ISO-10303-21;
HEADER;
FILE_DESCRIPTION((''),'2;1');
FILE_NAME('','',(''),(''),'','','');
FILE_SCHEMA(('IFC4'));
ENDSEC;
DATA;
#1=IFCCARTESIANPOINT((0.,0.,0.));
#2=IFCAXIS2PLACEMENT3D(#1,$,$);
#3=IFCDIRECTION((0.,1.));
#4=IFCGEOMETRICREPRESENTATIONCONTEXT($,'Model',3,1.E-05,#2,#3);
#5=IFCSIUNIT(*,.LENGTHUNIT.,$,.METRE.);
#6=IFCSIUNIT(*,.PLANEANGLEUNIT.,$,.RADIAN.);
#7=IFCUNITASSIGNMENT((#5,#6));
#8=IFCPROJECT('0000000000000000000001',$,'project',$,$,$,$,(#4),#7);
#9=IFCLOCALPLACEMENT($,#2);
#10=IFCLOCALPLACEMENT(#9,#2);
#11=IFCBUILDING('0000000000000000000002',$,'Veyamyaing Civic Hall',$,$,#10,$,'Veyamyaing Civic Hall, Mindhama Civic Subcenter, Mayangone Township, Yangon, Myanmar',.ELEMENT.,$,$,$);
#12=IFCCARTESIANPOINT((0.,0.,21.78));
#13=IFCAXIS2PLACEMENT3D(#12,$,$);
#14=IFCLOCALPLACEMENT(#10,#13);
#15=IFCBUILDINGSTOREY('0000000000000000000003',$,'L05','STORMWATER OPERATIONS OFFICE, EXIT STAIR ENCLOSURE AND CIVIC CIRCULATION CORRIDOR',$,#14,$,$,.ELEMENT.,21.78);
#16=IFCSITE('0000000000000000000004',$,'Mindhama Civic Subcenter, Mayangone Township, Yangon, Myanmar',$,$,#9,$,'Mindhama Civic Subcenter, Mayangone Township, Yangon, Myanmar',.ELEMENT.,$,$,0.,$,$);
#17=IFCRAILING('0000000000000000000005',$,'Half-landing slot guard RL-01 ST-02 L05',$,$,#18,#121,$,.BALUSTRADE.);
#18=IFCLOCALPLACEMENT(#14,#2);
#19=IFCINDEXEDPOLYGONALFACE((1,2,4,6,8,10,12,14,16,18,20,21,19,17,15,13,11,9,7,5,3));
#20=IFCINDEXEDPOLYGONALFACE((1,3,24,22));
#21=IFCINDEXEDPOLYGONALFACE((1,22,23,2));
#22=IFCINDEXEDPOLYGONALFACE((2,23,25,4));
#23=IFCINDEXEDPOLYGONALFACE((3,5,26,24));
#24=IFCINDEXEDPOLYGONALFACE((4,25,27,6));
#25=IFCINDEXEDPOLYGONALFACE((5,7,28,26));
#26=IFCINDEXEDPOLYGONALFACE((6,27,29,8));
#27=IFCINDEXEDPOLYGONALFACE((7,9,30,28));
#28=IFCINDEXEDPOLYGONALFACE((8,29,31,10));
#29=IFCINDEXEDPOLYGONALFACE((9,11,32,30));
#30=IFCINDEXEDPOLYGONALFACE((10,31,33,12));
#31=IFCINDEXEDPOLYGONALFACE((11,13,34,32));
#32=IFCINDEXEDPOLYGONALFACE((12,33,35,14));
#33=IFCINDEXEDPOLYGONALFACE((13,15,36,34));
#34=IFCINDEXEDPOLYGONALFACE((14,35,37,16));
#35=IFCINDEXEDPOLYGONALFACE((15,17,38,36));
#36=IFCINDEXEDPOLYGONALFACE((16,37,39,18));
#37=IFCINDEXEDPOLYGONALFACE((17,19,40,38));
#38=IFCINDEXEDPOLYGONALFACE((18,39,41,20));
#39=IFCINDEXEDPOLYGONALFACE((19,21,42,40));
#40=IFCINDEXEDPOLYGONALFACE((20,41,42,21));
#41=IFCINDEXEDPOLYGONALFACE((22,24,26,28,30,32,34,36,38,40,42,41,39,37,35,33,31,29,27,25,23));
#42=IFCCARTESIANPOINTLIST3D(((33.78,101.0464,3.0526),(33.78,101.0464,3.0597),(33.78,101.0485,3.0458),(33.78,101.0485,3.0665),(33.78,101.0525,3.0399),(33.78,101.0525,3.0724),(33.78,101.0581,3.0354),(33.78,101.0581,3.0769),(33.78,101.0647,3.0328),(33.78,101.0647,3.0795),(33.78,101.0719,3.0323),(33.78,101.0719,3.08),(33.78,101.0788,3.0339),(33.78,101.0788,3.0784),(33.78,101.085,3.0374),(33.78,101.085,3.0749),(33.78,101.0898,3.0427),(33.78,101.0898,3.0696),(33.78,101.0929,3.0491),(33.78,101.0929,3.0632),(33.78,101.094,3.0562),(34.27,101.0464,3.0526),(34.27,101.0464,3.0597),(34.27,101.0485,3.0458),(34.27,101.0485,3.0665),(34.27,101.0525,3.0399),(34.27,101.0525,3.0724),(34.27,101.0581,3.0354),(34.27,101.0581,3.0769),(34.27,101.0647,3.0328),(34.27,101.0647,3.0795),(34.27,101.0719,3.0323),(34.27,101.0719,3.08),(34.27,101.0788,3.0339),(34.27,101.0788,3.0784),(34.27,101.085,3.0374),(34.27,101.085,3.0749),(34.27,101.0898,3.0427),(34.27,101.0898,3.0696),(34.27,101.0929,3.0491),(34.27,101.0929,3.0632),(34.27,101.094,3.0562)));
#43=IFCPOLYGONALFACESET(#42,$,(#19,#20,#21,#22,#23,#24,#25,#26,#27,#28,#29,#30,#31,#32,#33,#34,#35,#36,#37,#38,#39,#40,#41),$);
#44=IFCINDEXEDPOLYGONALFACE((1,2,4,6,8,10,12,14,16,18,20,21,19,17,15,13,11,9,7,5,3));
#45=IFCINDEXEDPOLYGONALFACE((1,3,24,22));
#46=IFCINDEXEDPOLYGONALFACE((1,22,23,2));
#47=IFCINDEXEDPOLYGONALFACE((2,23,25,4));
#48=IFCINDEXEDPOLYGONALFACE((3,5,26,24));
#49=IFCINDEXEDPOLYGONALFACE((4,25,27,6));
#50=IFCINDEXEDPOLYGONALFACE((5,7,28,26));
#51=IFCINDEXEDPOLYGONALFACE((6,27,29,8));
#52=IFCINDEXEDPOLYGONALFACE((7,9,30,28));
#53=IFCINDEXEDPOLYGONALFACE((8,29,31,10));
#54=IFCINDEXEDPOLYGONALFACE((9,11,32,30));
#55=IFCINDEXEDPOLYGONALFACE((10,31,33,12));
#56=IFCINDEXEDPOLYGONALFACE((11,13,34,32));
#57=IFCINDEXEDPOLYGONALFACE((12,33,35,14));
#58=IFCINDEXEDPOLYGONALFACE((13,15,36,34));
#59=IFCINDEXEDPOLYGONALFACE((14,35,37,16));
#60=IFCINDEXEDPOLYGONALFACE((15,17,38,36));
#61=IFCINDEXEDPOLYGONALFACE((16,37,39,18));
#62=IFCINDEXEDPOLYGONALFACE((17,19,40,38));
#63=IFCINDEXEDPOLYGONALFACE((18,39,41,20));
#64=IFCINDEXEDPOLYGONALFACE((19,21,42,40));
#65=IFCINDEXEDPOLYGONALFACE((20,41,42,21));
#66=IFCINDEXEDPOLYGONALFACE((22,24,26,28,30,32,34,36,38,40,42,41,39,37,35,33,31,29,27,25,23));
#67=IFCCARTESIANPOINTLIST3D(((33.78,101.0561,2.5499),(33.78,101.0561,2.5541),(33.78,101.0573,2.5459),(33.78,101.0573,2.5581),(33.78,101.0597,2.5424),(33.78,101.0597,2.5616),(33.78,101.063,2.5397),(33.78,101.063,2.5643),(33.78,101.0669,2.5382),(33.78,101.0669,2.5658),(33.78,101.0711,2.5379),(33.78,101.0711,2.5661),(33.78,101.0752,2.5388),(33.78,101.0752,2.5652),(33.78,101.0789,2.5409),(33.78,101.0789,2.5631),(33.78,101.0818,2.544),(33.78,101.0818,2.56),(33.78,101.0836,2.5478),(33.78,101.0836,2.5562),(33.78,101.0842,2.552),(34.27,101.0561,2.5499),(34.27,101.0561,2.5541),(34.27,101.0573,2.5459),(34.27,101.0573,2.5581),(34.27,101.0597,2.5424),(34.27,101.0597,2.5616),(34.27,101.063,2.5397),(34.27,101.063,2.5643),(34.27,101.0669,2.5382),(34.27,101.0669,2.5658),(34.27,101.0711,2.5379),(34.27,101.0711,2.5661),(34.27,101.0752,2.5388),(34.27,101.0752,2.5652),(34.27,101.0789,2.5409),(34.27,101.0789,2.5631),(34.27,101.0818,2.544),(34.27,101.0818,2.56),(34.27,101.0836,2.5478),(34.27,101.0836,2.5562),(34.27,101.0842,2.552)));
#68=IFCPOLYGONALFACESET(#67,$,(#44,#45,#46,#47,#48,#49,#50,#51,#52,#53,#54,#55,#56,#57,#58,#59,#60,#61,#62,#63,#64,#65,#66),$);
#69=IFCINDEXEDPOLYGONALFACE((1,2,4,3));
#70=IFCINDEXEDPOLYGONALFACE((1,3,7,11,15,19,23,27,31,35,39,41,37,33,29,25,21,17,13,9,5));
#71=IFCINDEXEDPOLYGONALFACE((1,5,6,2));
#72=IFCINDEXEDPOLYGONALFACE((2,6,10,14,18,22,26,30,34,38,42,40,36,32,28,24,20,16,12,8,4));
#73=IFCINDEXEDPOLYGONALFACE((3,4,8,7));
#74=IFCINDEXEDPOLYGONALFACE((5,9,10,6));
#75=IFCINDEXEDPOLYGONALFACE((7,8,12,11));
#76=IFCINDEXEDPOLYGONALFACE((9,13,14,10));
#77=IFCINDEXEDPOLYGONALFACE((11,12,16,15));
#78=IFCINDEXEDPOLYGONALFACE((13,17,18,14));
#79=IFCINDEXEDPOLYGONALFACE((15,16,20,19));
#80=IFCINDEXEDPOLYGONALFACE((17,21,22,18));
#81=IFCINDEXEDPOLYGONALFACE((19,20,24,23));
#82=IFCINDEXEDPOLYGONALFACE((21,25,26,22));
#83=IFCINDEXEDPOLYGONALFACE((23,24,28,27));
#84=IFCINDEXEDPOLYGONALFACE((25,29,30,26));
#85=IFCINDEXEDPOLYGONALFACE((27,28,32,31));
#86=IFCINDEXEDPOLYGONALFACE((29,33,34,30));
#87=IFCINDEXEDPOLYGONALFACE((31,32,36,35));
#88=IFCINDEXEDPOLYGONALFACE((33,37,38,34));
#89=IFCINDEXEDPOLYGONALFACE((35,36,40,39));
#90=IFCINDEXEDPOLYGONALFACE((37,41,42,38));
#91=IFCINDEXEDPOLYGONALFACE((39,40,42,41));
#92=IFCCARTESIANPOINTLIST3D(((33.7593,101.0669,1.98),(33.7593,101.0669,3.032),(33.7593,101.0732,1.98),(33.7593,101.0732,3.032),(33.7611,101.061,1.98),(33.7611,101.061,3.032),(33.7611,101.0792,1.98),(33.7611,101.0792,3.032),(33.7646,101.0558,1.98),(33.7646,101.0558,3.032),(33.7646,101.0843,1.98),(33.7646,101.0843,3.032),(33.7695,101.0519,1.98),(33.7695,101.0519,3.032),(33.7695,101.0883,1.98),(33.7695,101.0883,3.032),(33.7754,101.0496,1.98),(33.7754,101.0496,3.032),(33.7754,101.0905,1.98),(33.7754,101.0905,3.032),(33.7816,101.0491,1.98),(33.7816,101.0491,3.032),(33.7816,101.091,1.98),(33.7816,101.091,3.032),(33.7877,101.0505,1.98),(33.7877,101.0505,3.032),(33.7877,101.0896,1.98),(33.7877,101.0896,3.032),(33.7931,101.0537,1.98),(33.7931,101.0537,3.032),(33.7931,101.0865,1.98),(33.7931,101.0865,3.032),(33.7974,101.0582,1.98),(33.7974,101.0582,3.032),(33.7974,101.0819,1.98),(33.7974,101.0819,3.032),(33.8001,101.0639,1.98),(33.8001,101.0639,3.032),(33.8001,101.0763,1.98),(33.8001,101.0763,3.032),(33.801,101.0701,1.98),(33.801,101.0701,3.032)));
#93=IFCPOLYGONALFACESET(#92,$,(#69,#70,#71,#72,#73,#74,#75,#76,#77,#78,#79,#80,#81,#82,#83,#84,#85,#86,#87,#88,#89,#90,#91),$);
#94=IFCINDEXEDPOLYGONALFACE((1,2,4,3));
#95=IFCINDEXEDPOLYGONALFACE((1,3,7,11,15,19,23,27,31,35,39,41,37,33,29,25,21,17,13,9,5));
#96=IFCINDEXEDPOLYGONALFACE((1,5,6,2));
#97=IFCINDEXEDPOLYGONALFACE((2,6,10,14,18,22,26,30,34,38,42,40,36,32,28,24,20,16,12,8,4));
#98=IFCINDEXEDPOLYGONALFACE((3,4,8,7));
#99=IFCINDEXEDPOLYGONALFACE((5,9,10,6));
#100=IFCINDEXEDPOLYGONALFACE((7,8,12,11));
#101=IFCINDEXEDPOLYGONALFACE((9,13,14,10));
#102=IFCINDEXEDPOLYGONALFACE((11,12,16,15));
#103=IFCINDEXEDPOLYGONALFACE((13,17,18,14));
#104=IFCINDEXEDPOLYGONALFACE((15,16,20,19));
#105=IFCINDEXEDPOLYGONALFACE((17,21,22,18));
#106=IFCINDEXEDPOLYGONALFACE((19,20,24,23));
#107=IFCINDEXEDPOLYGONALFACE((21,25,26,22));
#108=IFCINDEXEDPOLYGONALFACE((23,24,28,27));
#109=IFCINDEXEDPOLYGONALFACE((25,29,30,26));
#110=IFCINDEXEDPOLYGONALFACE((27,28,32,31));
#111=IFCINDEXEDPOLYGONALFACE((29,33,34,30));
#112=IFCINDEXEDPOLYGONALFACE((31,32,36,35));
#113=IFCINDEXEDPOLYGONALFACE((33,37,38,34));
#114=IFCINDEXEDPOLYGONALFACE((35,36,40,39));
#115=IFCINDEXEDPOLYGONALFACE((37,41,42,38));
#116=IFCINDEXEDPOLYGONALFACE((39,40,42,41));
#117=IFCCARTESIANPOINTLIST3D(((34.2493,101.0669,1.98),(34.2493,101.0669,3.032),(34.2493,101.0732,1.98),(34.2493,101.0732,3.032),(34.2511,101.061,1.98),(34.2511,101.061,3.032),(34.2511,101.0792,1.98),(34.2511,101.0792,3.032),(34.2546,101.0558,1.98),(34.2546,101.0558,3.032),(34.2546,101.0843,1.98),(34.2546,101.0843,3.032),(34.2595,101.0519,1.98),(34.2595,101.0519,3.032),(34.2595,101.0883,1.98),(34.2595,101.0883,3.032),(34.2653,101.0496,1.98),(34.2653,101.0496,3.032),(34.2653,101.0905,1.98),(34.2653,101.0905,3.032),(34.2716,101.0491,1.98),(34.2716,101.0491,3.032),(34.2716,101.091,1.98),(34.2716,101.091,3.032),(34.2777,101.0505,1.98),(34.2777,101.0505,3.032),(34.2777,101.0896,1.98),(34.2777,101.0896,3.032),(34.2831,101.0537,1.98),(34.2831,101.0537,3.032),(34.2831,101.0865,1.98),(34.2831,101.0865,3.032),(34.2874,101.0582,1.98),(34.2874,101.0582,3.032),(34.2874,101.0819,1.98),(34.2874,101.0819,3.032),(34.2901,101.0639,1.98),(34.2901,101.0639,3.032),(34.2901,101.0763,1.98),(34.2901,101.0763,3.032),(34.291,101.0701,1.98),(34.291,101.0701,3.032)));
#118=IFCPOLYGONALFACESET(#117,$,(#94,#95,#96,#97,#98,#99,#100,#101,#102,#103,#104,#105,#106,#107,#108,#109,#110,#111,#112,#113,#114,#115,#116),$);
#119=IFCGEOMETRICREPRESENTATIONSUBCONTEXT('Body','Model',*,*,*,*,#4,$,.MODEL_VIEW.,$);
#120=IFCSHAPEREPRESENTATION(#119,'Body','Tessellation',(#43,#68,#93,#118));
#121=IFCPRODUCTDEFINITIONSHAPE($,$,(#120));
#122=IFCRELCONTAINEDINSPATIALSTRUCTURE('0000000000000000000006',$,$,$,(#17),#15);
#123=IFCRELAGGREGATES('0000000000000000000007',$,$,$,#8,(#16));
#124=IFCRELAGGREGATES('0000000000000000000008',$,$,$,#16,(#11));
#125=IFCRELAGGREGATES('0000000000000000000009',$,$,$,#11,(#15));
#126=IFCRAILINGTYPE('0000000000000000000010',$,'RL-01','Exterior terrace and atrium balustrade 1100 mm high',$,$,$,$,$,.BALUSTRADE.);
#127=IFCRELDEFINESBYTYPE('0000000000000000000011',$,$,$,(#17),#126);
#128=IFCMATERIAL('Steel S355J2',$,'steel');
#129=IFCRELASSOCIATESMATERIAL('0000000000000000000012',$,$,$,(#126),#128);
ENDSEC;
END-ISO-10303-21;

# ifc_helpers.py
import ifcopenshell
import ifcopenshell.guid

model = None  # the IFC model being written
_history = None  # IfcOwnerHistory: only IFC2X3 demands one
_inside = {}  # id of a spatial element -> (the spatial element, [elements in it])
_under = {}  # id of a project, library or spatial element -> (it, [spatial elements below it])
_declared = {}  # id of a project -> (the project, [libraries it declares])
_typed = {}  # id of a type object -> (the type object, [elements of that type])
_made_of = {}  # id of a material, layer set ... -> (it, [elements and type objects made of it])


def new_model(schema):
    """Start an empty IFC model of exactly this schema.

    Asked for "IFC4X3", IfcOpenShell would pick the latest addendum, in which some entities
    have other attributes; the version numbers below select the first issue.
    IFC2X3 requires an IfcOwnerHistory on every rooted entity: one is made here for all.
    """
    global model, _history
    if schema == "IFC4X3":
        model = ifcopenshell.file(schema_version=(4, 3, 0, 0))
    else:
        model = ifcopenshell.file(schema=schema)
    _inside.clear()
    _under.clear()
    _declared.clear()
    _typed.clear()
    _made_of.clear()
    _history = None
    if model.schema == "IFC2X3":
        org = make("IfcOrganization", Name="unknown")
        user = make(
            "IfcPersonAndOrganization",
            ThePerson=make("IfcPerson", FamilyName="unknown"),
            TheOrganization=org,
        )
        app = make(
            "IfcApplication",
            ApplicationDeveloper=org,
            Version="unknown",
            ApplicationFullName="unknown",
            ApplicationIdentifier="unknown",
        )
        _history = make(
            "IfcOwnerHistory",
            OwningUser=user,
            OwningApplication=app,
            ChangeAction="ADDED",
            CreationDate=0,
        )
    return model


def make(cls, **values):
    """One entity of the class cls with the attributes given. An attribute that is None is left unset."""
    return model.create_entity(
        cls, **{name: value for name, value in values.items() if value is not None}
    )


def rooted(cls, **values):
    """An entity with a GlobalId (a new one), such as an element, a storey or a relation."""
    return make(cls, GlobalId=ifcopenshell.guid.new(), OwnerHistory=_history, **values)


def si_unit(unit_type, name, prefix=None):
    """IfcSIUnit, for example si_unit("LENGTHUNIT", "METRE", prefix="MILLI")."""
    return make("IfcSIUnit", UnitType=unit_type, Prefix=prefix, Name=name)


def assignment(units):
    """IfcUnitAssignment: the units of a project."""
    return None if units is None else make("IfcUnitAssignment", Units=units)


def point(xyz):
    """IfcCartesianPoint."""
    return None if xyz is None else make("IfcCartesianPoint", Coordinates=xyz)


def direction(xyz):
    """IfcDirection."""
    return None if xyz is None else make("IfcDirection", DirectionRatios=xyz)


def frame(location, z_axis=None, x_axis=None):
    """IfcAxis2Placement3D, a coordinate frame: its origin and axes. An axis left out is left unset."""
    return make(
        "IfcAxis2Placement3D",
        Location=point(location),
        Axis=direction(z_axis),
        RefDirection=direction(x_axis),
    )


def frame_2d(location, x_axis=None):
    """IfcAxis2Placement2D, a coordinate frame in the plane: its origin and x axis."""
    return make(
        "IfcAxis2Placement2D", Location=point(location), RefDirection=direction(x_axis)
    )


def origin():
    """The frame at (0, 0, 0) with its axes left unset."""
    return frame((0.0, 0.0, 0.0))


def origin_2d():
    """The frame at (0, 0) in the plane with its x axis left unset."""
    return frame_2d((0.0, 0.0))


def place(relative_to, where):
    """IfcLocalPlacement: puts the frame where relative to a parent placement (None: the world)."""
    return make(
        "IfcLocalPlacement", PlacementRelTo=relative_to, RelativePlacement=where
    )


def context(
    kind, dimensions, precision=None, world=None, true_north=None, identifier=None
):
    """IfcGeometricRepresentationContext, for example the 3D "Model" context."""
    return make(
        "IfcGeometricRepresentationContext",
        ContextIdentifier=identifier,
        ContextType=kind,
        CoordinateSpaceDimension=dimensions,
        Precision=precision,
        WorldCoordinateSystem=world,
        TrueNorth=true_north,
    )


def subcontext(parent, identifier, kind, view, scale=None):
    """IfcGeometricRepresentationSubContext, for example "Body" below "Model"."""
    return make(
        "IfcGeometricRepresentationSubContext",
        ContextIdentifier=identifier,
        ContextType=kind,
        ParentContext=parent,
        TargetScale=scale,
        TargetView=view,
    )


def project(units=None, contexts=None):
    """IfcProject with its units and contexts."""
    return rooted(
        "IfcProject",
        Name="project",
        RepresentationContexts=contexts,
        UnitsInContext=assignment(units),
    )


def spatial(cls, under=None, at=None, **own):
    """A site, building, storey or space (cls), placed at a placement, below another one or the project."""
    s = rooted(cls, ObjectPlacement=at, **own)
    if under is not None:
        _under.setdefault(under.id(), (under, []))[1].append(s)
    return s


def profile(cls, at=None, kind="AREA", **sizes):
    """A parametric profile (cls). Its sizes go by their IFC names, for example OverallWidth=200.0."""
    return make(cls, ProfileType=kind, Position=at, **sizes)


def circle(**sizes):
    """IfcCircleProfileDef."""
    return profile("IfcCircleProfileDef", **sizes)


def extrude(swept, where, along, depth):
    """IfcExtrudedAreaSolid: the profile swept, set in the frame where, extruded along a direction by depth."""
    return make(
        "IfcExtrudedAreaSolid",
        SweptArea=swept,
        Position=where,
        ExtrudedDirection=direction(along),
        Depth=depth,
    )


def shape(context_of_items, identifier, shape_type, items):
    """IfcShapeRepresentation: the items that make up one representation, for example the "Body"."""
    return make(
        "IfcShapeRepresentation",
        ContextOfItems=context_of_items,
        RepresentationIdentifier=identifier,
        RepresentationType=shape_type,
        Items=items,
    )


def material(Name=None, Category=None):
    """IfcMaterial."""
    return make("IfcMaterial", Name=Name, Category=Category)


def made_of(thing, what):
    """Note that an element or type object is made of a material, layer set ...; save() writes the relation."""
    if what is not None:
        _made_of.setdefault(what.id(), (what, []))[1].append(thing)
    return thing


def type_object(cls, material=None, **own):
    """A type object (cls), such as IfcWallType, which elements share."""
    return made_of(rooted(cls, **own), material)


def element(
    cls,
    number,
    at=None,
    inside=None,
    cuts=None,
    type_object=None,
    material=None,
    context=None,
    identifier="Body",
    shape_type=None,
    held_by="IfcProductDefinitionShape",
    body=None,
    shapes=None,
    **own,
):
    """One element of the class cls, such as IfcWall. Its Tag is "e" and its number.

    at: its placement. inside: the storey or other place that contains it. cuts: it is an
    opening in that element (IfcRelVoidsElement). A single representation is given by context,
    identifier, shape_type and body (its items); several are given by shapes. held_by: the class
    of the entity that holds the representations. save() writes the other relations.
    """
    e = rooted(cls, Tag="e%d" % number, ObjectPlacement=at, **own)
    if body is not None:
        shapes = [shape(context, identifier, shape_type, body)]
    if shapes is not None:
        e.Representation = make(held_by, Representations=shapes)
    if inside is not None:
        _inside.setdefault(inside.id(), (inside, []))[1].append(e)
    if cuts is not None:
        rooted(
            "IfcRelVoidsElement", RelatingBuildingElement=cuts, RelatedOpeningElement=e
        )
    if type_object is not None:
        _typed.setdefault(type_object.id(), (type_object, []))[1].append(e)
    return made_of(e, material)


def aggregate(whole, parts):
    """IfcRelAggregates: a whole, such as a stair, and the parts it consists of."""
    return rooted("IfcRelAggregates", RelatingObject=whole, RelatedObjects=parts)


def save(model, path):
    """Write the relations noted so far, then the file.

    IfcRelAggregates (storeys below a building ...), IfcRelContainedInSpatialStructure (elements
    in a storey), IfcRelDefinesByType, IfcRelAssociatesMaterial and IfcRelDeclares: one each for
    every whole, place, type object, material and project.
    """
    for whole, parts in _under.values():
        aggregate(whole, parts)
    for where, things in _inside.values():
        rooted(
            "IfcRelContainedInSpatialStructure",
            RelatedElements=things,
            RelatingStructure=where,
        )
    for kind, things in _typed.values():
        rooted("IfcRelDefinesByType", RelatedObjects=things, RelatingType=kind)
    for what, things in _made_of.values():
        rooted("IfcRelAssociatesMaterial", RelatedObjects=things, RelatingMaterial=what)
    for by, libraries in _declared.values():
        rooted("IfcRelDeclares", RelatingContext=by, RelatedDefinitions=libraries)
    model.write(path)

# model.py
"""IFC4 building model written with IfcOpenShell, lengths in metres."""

from ifc_helpers import new_model, si_unit, direction, frame, origin, origin_2d, place, context, subcontext, project, spatial, circle, extrude, material, type_object, element, save


model = new_model("IFC4")

# Units and contexts
model_context = context("Model", 3, precision=1e-05, world=origin(), true_north=direction((0.0, 1.0)))
body_context = subcontext(model_context, "Body", "Model", "MODEL_VIEW")
ifc_project = project(units=[si_unit("LENGTHUNIT", "METRE"), si_unit("PLANEANGLEUNIT", "RADIAN")], contexts=[model_context])

# Site, building, storey
site_placement = place(None, origin())
site = spatial("IfcSite", under=ifc_project, at=site_placement, Name="Mindhama Civic Subcenter, Mayangone Township, Yangon, Myanmar", LongName="Mindhama Civic Subcenter, Mayangone Township, Yangon, Myanmar", CompositionType="ELEMENT", RefElevation=0.0)
building_placement = place(site_placement, origin())
building = spatial("IfcBuilding", under=site, at=building_placement, Name="Veyamyaing Civic Hall", LongName="Veyamyaing Civic Hall, Mindhama Civic Subcenter, Mayangone Township, Yangon, Myanmar", CompositionType="ELEMENT")
storey_placement = place(building_placement, frame((0.0, 0.0, 21.78)))
storey = spatial("IfcBuildingStorey", under=building, at=storey_placement, Name="L05", Description="STORMWATER OPERATIONS OFFICE, EXIT STAIR ENCLOSURE AND CIVIC CIRCULATION CORRIDOR", CompositionType="ELEMENT", Elevation=21.78)

# Railing
ifc_material_1 = material(Name="Steel S355J2", Category="steel")
railing_type_1 = type_object("IfcRailingType", Name="RL-01", Description="Exterior terrace and atrium balustrade 1100 mm high", PredefinedType="BALUSTRADE", material=ifc_material_1)
railing_1_placement = place(storey_placement, frame((33.78, 101.0701, 1.98)))
element("IfcRailing", 1, at=railing_1_placement, inside=storey, type_object=railing_type_1, Name="Half-landing slot guard RL-01 ST-02 L05", PredefinedType="BALUSTRADE", context=body_context, shape_type="SweptSolid", body=[
    extrude(circle(Radius=0.0239, at=origin_2d()), frame((0.0, 0.0, 1.0762), z_axis=(1.0, 0.0, 0.0), x_axis=(0.0, 1.0, 0.0)), (0.0, 0.0, 1.0), 0.49),
    extrude(circle(Radius=0.0142, at=origin_2d()), frame((0.0, 0.0, 0.572), z_axis=(1.0, 0.0, 0.0), x_axis=(0.0, 1.0, 0.0)), (0.0, 0.0, 1.0), 0.49),
    extrude(circle(Radius=0.021, at=origin_2d()), origin(), (0.0, 0.0, 1.0), 1.052),
    extrude(circle(Radius=0.021, at=origin_2d()), frame((0.49, 0.0, 0.0)), (0.0, 0.0, 1.0), 1.052),
])

save(model, "model.ifc")
